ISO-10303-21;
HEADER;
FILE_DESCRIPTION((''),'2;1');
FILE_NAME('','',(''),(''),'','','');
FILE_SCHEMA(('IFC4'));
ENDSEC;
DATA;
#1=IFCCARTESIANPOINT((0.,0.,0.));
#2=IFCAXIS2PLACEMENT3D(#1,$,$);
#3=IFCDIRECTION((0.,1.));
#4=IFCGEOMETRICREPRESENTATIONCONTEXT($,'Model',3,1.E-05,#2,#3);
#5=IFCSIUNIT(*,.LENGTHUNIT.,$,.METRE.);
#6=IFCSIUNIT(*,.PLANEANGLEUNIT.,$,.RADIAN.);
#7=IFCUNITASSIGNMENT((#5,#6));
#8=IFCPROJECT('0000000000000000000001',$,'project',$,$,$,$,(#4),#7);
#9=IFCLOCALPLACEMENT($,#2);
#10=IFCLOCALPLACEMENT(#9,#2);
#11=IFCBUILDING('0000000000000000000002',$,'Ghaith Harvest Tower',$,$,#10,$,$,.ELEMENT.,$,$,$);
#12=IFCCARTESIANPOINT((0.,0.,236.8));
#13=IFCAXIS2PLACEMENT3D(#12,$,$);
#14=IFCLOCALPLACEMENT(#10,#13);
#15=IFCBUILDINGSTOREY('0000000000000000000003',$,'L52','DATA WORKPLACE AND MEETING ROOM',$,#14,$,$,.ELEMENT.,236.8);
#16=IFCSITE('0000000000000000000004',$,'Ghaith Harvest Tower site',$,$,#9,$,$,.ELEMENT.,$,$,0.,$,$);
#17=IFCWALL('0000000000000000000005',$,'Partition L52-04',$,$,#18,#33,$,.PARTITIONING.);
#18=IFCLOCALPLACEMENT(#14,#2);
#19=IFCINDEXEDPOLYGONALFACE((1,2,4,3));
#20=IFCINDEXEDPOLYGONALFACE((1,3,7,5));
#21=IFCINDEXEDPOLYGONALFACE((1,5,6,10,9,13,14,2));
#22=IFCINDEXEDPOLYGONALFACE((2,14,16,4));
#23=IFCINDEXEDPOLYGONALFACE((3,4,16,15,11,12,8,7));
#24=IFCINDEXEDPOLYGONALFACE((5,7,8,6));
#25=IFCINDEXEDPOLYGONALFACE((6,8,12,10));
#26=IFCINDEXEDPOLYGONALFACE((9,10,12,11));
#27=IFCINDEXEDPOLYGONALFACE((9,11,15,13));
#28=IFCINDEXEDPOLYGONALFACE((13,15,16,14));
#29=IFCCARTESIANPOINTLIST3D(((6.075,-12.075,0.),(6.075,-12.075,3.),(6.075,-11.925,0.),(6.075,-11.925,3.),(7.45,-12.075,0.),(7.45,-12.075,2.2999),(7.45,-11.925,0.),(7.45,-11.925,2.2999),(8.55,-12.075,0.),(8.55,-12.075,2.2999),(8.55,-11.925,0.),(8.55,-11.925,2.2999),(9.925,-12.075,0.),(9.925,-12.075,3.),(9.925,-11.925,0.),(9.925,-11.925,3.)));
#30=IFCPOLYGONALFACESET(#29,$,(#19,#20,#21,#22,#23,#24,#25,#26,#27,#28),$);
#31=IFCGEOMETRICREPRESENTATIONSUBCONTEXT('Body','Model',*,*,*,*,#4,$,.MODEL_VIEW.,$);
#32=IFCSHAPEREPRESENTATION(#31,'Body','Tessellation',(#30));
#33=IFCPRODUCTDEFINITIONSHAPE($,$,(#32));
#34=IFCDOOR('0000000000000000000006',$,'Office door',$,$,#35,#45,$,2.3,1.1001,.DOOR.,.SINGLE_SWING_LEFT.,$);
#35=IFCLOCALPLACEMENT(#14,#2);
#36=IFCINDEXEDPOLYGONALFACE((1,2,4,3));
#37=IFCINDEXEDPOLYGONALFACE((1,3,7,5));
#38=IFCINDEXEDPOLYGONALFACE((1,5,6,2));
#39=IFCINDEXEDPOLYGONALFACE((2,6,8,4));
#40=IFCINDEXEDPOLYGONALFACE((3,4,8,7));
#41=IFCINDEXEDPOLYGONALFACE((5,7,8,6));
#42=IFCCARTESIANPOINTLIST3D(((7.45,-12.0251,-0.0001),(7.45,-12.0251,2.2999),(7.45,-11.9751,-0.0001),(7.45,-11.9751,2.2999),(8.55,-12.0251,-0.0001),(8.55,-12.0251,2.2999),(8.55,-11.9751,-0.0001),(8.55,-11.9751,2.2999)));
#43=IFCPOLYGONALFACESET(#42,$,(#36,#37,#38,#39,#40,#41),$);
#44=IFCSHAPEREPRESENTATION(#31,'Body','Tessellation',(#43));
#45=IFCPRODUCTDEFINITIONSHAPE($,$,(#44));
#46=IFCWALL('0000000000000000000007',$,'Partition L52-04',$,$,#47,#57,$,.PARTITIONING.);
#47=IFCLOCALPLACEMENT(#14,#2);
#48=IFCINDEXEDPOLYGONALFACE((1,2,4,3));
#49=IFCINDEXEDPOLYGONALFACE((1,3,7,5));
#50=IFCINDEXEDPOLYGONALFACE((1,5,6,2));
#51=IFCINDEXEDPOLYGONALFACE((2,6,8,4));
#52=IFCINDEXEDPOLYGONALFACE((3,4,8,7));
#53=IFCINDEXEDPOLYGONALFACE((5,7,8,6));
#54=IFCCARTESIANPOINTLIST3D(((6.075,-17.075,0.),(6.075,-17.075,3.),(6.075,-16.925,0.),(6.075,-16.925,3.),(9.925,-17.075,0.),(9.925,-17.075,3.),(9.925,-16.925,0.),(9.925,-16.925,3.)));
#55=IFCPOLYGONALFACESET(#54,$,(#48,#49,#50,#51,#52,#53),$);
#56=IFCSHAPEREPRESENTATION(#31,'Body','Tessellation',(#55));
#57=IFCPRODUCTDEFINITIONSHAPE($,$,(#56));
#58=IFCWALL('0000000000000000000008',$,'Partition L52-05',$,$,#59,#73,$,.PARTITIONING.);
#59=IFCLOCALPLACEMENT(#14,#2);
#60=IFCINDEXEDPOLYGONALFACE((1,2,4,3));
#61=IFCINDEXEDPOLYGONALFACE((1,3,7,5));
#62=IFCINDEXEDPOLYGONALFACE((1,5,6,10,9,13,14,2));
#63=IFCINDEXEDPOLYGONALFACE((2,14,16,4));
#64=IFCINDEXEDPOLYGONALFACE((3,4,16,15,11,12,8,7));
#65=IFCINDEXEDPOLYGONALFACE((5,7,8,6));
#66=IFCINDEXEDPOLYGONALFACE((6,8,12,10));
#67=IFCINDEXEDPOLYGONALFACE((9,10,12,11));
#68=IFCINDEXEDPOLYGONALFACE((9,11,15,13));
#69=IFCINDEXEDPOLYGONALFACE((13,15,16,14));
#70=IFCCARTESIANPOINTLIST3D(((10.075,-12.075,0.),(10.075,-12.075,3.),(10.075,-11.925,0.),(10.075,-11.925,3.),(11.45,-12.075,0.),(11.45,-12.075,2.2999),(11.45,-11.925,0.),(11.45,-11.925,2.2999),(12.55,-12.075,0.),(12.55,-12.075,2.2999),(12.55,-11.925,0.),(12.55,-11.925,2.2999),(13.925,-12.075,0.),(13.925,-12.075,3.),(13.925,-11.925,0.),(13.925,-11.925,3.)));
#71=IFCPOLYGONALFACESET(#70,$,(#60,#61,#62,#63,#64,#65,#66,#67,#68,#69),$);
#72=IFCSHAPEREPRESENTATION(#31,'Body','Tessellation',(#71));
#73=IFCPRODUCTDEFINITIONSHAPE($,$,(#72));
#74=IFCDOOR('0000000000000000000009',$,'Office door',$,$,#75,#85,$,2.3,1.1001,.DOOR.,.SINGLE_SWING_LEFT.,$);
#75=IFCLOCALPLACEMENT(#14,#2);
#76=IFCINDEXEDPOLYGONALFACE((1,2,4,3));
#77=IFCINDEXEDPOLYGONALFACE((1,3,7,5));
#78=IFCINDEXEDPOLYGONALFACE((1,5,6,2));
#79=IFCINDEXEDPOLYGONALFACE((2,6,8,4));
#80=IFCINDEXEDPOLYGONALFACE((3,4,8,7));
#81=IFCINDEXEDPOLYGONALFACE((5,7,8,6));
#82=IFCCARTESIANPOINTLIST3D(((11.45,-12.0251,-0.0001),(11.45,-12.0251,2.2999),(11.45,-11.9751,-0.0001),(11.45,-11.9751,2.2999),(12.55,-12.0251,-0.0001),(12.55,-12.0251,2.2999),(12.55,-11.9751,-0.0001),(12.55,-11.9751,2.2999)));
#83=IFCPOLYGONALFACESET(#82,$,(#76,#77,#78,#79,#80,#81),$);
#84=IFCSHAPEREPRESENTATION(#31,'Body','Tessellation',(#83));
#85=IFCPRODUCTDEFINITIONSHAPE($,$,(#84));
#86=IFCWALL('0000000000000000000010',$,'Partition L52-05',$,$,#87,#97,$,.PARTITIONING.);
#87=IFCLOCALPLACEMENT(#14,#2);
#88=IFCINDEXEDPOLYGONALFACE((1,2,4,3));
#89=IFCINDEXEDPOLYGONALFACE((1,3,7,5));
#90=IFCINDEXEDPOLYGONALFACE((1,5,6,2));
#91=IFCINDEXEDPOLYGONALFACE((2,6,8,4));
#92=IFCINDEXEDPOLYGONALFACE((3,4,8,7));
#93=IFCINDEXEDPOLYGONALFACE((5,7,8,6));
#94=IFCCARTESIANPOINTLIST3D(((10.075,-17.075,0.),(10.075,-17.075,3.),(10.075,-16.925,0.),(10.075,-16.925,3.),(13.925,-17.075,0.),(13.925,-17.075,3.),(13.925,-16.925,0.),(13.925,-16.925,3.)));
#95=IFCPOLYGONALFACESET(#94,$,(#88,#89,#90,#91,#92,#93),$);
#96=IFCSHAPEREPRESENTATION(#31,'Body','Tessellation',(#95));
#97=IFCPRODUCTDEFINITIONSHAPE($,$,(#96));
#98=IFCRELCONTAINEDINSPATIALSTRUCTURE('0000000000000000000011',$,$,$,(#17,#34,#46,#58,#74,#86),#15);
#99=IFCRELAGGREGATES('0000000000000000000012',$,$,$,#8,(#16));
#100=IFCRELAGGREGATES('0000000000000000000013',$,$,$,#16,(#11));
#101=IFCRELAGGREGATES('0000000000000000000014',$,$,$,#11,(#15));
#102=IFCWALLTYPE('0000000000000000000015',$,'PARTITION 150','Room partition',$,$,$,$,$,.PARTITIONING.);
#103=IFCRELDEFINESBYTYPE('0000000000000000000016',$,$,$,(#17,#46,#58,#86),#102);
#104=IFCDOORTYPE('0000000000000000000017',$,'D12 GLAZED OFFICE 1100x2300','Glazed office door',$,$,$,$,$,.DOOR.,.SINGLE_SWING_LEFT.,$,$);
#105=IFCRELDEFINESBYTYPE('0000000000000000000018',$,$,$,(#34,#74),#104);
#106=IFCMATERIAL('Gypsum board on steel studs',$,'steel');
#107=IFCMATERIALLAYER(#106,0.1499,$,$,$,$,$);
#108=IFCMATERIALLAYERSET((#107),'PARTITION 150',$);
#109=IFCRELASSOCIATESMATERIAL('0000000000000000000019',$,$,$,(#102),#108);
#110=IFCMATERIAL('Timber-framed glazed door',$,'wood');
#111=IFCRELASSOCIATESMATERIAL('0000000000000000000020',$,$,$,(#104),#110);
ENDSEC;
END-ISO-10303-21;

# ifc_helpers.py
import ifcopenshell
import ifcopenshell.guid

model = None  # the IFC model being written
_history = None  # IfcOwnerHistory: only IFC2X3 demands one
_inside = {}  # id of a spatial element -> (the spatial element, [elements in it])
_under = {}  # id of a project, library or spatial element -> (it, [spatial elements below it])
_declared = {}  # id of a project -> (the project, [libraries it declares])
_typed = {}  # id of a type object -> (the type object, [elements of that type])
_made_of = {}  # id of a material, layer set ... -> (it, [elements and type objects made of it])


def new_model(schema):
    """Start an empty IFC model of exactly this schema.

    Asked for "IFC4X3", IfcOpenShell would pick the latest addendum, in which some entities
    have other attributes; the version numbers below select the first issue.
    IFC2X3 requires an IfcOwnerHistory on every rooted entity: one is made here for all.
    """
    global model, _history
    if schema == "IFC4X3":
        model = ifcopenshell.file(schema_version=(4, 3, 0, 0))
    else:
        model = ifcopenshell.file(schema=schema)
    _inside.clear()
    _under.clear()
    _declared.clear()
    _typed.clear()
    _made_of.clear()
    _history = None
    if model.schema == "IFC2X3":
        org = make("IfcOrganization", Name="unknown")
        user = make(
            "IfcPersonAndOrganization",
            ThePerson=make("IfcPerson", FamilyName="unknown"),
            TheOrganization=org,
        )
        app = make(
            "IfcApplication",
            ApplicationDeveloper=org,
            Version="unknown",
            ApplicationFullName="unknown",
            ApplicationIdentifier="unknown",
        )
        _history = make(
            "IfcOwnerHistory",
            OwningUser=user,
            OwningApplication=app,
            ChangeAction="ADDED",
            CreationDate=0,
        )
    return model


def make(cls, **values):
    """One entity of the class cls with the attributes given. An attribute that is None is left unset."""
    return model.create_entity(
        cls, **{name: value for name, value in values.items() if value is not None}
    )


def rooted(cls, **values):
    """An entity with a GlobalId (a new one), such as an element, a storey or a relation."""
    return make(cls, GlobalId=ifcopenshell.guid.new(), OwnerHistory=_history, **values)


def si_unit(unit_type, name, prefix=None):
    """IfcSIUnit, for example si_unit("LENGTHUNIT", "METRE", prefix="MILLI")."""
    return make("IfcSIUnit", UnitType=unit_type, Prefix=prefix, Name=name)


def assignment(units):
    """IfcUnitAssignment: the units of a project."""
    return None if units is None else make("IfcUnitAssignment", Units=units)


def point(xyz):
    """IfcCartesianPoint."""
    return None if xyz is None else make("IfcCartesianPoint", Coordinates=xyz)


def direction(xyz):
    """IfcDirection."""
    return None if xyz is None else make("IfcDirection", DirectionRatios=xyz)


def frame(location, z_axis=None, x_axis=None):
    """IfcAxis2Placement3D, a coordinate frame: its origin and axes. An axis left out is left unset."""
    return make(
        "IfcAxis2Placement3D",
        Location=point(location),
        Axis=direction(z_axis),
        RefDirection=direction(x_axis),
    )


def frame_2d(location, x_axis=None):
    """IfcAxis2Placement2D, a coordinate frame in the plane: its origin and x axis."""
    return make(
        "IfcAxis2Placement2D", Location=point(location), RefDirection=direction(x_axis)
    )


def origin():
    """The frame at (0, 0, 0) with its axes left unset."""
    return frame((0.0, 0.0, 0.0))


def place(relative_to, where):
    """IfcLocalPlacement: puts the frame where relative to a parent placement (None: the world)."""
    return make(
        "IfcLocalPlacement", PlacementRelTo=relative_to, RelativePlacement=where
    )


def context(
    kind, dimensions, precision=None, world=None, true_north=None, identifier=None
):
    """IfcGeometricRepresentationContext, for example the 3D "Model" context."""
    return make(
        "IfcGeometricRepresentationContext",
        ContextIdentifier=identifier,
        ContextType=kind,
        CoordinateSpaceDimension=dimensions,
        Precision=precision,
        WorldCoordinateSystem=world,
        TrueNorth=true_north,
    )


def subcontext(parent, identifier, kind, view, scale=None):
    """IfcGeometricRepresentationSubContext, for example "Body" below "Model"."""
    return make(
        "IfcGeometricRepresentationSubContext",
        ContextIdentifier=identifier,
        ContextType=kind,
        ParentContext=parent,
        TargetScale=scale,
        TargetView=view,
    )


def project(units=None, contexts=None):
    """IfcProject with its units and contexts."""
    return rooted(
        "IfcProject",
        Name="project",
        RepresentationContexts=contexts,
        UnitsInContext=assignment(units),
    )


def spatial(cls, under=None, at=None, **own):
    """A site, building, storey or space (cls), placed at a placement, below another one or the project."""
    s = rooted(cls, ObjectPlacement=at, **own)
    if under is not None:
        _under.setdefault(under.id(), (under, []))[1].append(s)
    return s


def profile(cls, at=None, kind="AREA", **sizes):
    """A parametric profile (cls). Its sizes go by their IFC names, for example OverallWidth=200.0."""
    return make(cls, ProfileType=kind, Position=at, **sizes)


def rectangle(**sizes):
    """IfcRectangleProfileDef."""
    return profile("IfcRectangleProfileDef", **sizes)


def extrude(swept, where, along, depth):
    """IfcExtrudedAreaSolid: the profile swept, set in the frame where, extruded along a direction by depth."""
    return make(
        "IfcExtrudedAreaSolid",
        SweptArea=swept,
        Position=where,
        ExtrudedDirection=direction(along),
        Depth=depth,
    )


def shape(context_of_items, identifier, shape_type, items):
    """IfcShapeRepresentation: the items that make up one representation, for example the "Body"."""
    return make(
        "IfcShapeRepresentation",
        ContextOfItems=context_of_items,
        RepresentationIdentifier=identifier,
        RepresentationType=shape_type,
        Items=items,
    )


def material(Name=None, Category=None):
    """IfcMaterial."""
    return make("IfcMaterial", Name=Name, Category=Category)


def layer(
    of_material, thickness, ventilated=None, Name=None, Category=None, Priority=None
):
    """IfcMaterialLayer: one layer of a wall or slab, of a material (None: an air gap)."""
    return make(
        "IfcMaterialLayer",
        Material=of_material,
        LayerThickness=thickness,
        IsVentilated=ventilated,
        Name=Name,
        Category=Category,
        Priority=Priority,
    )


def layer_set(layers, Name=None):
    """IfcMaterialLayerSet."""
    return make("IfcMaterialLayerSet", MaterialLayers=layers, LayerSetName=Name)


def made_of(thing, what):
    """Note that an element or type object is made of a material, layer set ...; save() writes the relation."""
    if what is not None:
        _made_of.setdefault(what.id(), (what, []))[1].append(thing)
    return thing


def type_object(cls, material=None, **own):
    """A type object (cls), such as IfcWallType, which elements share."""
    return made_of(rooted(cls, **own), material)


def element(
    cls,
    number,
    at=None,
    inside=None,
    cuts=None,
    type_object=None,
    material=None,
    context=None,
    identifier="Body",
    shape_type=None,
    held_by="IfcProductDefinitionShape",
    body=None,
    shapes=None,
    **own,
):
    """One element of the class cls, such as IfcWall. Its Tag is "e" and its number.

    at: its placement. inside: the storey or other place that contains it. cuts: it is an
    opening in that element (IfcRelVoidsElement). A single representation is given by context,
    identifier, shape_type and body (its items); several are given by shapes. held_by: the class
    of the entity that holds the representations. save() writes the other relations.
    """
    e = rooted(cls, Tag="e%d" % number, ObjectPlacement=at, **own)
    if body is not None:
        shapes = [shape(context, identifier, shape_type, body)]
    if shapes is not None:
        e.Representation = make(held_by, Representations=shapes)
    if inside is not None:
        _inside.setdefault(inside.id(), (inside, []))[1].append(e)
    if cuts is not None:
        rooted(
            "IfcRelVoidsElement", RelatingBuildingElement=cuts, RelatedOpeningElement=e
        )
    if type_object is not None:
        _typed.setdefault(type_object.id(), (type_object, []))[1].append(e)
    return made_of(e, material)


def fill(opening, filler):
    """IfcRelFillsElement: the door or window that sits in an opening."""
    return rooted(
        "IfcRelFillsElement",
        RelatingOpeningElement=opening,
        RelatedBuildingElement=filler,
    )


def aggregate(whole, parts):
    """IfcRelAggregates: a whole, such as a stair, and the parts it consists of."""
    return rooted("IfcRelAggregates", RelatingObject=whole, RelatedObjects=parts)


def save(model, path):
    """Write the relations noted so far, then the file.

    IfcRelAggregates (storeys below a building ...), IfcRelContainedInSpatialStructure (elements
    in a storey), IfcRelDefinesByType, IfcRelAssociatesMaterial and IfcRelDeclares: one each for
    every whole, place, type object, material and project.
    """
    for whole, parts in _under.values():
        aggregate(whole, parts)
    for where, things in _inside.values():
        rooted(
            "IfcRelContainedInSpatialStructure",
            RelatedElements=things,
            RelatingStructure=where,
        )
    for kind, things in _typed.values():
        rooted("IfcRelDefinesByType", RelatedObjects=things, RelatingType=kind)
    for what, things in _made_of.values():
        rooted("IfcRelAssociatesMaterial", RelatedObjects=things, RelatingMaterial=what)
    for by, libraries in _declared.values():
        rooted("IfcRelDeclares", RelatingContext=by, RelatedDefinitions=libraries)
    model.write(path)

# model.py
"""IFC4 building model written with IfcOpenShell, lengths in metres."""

from ifc_helpers import new_model, si_unit, direction, frame, frame_2d, origin, place, context, subcontext, project, spatial, rectangle, extrude, material, layer, layer_set, type_object, element, fill, save


model = new_model("IFC4")

# Units and contexts
model_context = context("Model", 3, precision=1e-05, world=origin(), true_north=direction((0.0, 1.0)))
body_context = subcontext(model_context, "Body", "Model", "MODEL_VIEW")
ifc_project = project(units=[si_unit("LENGTHUNIT", "METRE"), si_unit("PLANEANGLEUNIT", "RADIAN")], contexts=[model_context])

# Site, building, storey
site_placement = place(None, origin())
site = spatial("IfcSite", under=ifc_project, at=site_placement, Name="Ghaith Harvest Tower site", CompositionType="ELEMENT", RefElevation=0.0)
building_placement = place(site_placement, origin())
building = spatial("IfcBuilding", under=site, at=building_placement, Name="Ghaith Harvest Tower", CompositionType="ELEMENT")
storey_placement = place(building_placement, frame((0.0, 0.0, 236.8)))
storey = spatial("IfcBuildingStorey", under=building, at=storey_placement, Name="L52", Description="DATA WORKPLACE AND MEETING ROOM", CompositionType="ELEMENT", Elevation=236.8)

# Shared definitions
ifc_material_1 = material(Name="Gypsum board on steel studs", Category="steel")
ifc_layer_1 = layer(ifc_material_1, 0.1499)
ifc_layer_set_1 = layer_set([ifc_layer_1], Name="PARTITION 150")
wall_type = type_object("IfcWallType", Name="PARTITION 150", Description="Room partition", PredefinedType="PARTITIONING", material=ifc_layer_set_1)

# Shared definitions
ifc_material_2 = material(Name="Timber-framed glazed door", Category="wood")
door_type = type_object("IfcDoorType", Name="D12 GLAZED OFFICE 1100x2300", Description="Glazed office door", OperationType="SINGLE_SWING_LEFT", PredefinedType="DOOR", material=ifc_material_2)

# Wall, opening, door
wall_1_placement = place(storey_placement, frame((6.075, -12.0, 0.0), z_axis=(0.0, 0.0, 1.0), x_axis=(1.0, 0.0, 0.0)))
wall_1 = element("IfcWall", 1, at=wall_1_placement, inside=storey, type_object=wall_type, Name="Partition L52-04", PredefinedType="PARTITIONING", context=body_context, shape_type="SweptSolid", body=[
    extrude(rectangle(XDim=3.8501, YDim=0.1499, at=frame_2d((1.925, 0.0))), origin(), (0.0, 0.0, 1.0), 3.0),
])
opening_1_placement = place(wall_1_placement, frame((1.375, 0.0, 0.0)))
opening_1 = element("IfcOpeningElement", 2, at=opening_1_placement, cuts=wall_1, PredefinedType="OPENING", context=body_context, shape_type="SweptSolid", body=[
    extrude(rectangle(XDim=1.1001, YDim=2.3, at=frame_2d((0.55, 1.1499))), frame((0.0, 0.085, 0.0), z_axis=(0.0, -1.0, 0.0), x_axis=(1.0, 0.0, 0.0)), (0.0, 0.0, 1.0), 0.1699),
])
door_1_placement = place(opening_1_placement, origin())
door_1 = element("IfcDoor", 3, at=door_1_placement, inside=storey, type_object=door_type, Name="Office door", OperationType="SINGLE_SWING_LEFT", OverallHeight=2.3, OverallWidth=1.1001, PredefinedType="DOOR", context=body_context, shape_type="SweptSolid", body=[
    extrude(rectangle(XDim=1.1001, YDim=2.3, at=frame_2d((0.55, 1.1499))), frame((0.0, 0.0249, 0.0), z_axis=(0.0, -1.0, 0.0), x_axis=(1.0, 0.0, 0.0)), (0.0, 0.0, 1.0), 0.05),
])
fill(opening_1, door_1)

# Wall
wall_2_placement = place(storey_placement, frame((6.075, -17.0, 0.0), z_axis=(0.0, 0.0, 1.0), x_axis=(1.0, 0.0, 0.0)))
element("IfcWall", 4, at=wall_2_placement, inside=storey, type_object=wall_type, Name="Partition L52-04", PredefinedType="PARTITIONING", context=body_context, shape_type="SweptSolid", body=[
    extrude(rectangle(XDim=3.8501, YDim=0.1499, at=frame_2d((1.925, 0.0))), origin(), (0.0, 0.0, 1.0), 3.0),
])

# Wall, opening, door
wall_3_placement = place(storey_placement, frame((10.075, -12.0, 0.0), z_axis=(0.0, 0.0, 1.0), x_axis=(1.0, 0.0, 0.0)))
wall_3 = element("IfcWall", 5, at=wall_3_placement, inside=storey, type_object=wall_type, Name="Partition L52-05", PredefinedType="PARTITIONING", context=body_context, shape_type="SweptSolid", body=[
    extrude(rectangle(XDim=3.8501, YDim=0.1499, at=frame_2d((1.925, 0.0))), origin(), (0.0, 0.0, 1.0), 3.0),
])
opening_2_placement = place(wall_3_placement, frame((1.375, 0.0, 0.0)))
opening_2 = element("IfcOpeningElement", 6, at=opening_2_placement, cuts=wall_3, PredefinedType="OPENING", context=body_context, shape_type="SweptSolid", body=[
    extrude(rectangle(XDim=1.1001, YDim=2.3, at=frame_2d((0.55, 1.1499))), frame((0.0, 0.085, 0.0), z_axis=(0.0, -1.0, 0.0), x_axis=(1.0, 0.0, 0.0)), (0.0, 0.0, 1.0), 0.1699),
])
door_2_placement = place(opening_2_placement, origin())
door_2 = element("IfcDoor", 7, at=door_2_placement, inside=storey, type_object=door_type, Name="Office door", OperationType="SINGLE_SWING_LEFT", OverallHeight=2.3, OverallWidth=1.1001, PredefinedType="DOOR", context=body_context, shape_type="SweptSolid", body=[
    extrude(rectangle(XDim=1.1001, YDim=2.3, at=frame_2d((0.55, 1.1499))), frame((0.0, 0.0249, 0.0), z_axis=(0.0, -1.0, 0.0), x_axis=(1.0, 0.0, 0.0)), (0.0, 0.0, 1.0), 0.05),
])
fill(opening_2, door_2)

# Wall
wall_4_placement = place(storey_placement, frame((10.075, -17.0, 0.0), z_axis=(0.0, 0.0, 1.0), x_axis=(1.0, 0.0, 0.0)))
element("IfcWall", 8, at=wall_4_placement, inside=storey, type_object=wall_type, Name="Partition L52-05", PredefinedType="PARTITIONING", context=body_context, shape_type="SweptSolid", body=[
    extrude(rectangle(XDim=3.8501, YDim=0.1499, at=frame_2d((1.925, 0.0))), origin(), (0.0, 0.0, 1.0), 3.0),
])

save(model, "model.ifc")
